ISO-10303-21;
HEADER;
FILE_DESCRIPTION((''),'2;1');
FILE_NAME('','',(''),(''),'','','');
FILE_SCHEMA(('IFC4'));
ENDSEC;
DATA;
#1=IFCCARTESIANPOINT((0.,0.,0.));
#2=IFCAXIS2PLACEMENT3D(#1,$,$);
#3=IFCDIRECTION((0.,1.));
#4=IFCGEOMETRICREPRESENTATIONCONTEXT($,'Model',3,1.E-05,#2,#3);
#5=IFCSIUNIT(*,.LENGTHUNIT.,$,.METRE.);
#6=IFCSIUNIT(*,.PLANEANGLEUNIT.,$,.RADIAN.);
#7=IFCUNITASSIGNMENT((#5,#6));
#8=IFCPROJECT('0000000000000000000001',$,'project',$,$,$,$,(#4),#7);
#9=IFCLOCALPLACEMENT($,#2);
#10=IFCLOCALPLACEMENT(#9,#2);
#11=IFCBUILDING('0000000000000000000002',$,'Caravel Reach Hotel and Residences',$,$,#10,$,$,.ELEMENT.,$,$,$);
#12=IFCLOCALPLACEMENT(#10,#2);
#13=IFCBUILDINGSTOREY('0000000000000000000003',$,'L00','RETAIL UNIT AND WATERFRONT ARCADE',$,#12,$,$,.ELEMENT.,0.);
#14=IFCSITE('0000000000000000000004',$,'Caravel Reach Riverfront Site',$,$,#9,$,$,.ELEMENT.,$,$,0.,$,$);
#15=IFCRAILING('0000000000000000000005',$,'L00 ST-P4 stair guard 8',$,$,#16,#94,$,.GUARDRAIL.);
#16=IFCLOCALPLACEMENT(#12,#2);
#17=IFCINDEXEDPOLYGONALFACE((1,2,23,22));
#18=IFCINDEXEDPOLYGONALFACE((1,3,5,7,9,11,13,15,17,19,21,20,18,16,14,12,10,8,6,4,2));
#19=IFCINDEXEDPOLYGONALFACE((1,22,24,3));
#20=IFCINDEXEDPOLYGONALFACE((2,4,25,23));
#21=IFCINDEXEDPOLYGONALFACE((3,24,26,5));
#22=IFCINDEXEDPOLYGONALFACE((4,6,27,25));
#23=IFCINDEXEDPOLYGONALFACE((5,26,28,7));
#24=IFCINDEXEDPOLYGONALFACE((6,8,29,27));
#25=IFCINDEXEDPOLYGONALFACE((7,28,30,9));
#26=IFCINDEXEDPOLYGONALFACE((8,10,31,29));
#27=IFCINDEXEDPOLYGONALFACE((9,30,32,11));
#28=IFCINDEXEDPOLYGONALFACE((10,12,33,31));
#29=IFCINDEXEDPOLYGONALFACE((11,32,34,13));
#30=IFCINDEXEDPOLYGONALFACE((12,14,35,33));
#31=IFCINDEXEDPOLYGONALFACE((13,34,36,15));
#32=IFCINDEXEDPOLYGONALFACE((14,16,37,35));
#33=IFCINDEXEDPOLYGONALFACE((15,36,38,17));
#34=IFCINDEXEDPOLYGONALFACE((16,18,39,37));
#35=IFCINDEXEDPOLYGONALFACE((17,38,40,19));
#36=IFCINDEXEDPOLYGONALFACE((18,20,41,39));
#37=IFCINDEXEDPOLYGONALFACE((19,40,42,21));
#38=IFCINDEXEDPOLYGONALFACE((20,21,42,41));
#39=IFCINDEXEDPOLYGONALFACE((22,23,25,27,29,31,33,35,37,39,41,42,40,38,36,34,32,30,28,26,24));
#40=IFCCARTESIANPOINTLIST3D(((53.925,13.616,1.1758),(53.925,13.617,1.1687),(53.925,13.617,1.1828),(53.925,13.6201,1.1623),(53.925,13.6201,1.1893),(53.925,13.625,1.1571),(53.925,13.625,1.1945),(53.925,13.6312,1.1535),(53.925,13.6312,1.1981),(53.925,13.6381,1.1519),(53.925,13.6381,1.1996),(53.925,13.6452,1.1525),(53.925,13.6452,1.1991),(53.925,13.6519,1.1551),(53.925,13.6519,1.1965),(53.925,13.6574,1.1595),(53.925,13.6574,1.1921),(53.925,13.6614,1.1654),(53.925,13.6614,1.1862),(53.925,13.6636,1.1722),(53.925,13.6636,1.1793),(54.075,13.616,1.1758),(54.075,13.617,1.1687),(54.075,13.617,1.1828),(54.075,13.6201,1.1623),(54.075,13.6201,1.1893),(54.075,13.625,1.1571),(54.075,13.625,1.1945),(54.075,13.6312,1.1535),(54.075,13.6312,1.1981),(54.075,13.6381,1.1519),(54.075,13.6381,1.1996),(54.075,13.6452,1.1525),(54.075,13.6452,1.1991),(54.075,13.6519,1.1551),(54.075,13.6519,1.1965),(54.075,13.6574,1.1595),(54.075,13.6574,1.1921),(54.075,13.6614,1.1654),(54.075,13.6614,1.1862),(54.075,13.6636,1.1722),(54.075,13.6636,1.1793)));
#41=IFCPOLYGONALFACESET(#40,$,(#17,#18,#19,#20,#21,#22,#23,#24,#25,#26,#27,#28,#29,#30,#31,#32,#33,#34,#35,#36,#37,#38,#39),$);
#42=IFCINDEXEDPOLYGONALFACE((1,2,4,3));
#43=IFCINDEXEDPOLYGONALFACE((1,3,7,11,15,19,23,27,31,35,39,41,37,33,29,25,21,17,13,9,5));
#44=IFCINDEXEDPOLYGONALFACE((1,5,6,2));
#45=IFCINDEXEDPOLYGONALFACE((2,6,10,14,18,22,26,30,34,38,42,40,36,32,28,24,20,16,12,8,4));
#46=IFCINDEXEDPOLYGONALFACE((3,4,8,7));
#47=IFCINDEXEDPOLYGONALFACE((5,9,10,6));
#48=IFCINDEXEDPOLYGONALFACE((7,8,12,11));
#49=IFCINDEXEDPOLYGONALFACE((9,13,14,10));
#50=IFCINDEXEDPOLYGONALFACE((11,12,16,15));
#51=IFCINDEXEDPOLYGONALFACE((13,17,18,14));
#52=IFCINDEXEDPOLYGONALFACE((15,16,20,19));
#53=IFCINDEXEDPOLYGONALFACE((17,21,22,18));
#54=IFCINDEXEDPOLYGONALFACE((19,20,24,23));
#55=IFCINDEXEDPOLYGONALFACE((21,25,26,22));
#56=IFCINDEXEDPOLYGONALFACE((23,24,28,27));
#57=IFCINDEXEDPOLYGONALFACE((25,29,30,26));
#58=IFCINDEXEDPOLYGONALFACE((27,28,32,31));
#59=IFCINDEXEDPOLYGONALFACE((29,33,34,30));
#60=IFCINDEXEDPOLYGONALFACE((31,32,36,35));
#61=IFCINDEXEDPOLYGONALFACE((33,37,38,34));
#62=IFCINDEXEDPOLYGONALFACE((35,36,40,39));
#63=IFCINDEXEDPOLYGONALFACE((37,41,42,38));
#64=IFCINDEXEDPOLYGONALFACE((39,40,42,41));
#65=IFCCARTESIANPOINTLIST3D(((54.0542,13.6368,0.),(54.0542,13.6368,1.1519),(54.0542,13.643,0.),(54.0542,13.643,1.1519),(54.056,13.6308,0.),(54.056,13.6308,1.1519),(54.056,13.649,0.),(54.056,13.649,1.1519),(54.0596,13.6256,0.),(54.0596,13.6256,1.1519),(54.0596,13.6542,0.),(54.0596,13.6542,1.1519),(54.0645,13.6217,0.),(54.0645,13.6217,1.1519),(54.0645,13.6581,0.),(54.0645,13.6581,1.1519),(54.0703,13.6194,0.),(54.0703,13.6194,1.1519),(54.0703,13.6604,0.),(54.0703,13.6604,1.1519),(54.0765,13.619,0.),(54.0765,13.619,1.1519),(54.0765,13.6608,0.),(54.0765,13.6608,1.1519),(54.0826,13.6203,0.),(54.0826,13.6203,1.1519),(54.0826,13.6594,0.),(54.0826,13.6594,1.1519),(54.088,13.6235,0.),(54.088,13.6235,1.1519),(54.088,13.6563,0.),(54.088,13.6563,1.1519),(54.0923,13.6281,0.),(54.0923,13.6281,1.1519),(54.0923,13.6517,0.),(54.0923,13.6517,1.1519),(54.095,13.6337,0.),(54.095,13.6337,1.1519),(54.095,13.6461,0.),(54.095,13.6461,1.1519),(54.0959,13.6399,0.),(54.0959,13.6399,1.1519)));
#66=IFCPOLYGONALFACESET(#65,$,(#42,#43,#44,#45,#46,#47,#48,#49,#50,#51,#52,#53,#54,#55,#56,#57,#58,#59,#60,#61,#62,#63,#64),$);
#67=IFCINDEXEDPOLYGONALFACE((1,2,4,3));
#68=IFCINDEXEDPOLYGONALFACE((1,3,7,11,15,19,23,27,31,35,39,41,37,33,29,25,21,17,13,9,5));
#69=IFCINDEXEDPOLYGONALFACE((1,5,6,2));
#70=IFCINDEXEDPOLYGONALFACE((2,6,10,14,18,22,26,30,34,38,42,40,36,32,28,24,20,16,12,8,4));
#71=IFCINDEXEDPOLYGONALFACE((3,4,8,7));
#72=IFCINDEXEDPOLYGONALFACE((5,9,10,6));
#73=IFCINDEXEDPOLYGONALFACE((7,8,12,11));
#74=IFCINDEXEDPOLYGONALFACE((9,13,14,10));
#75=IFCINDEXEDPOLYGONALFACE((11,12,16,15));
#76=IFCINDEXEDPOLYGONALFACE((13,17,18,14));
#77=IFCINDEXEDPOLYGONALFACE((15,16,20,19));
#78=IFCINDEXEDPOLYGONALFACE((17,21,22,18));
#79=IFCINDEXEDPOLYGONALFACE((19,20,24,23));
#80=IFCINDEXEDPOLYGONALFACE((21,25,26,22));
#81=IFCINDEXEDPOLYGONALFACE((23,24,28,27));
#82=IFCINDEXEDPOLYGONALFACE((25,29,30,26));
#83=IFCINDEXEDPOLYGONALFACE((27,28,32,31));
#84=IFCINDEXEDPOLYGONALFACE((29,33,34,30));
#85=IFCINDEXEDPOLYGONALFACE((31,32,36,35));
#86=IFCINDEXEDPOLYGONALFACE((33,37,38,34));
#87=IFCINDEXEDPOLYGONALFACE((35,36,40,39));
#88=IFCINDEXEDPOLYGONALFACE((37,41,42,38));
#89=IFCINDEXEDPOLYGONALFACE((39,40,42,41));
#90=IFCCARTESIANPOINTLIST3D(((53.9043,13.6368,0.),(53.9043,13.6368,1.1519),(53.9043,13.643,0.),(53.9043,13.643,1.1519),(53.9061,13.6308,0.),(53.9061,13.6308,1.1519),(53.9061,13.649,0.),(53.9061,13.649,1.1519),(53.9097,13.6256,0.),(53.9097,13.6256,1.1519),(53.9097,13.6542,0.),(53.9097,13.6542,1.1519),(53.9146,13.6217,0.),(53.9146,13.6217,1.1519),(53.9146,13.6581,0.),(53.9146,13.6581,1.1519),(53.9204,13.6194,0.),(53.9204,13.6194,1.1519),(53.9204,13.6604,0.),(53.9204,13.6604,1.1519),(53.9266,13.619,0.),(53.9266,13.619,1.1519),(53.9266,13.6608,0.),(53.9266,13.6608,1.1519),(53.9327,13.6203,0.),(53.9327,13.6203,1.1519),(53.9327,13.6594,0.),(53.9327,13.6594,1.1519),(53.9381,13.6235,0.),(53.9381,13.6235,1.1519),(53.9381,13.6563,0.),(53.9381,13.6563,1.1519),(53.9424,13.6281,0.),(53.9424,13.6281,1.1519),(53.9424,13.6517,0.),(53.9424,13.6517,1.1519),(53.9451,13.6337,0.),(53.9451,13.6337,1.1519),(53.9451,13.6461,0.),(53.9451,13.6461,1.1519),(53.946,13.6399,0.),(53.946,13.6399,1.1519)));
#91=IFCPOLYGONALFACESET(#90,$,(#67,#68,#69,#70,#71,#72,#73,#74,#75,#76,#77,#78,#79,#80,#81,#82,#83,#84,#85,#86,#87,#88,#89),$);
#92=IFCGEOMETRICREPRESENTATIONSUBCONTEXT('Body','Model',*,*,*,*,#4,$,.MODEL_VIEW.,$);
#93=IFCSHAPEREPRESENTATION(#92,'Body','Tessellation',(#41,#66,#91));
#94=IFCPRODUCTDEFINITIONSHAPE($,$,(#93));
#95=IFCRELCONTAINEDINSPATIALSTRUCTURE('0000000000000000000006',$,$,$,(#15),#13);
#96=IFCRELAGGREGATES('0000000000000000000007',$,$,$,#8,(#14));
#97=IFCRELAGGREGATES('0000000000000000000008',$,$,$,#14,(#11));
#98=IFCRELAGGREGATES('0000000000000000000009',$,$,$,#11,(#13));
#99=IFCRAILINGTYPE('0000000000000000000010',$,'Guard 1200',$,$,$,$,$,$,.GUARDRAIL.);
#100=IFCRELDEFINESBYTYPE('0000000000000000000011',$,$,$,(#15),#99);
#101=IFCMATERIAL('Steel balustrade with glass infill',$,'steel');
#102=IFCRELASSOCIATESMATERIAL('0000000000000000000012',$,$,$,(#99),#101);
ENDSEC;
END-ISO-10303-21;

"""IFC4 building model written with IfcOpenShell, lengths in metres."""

from ifc_helpers import new_model, si_unit, direction, frame, origin, origin_2d, place, context, subcontext, project, spatial, circle, extrude, material, type_object, element, save


model = new_model("IFC4")

# Units and contexts
model_context = context("Model", 3, precision=1e-05, world=origin(), true_north=direction((0.0, 1.0)))
body_context = subcontext(model_context, "Body", "Model", "MODEL_VIEW")
ifc_project = project(units=[si_unit("LENGTHUNIT", "METRE"), si_unit("PLANEANGLEUNIT", "RADIAN")], contexts=[model_context])

# Site, building, storey
site_placement = place(None, origin())
site = spatial("IfcSite", under=ifc_project, at=site_placement, Name="Caravel Reach Riverfront Site", CompositionType="ELEMENT", RefElevation=0.0)
building_placement = place(site_placement, origin())
building = spatial("IfcBuilding", under=site, at=building_placement, Name="Caravel Reach Hotel and Residences", CompositionType="ELEMENT")
storey_placement = place(building_placement, origin())
storey = spatial("IfcBuildingStorey", under=building, at=storey_placement, Name="L00", Description="RETAIL UNIT AND WATERFRONT ARCADE", CompositionType="ELEMENT", Elevation=0.0)

# Railing
ifc_material_1 = material(Name="Steel balustrade with glass infill", Category="steel")
railing_type_1 = type_object("IfcRailingType", Name="Guard 1200", PredefinedType="GUARDRAIL", material=ifc_material_1)
railing_1_placement = place(storey_placement, frame((54.075, 13.6399, 0.0)))
element("IfcRailing", 1, at=railing_1_placement, inside=storey, type_object=railing_type_1, Name="L00 ST-P4 stair guard 8", PredefinedType="GUARDRAIL", context=body_context, shape_type="SweptSolid", body=[
    extrude(circle(Radius=0.0239, at=origin_2d()), frame((0.0, 0.0, 1.1758), z_axis=(-1.0, 0.0, 0.0), x_axis=(0.0, -1.0, 0.0)), (0.0, 0.0, 1.0), 0.1499),
    extrude(circle(Radius=0.021, at=origin_2d()), origin(), (0.0, 0.0, 1.0), 1.1519),
    extrude(circle(Radius=0.021, at=origin_2d()), frame((-0.1499, 0.0, 0.0)), (0.0, 0.0, 1.0), 1.1519),
])

save(model, "model.ifc")
